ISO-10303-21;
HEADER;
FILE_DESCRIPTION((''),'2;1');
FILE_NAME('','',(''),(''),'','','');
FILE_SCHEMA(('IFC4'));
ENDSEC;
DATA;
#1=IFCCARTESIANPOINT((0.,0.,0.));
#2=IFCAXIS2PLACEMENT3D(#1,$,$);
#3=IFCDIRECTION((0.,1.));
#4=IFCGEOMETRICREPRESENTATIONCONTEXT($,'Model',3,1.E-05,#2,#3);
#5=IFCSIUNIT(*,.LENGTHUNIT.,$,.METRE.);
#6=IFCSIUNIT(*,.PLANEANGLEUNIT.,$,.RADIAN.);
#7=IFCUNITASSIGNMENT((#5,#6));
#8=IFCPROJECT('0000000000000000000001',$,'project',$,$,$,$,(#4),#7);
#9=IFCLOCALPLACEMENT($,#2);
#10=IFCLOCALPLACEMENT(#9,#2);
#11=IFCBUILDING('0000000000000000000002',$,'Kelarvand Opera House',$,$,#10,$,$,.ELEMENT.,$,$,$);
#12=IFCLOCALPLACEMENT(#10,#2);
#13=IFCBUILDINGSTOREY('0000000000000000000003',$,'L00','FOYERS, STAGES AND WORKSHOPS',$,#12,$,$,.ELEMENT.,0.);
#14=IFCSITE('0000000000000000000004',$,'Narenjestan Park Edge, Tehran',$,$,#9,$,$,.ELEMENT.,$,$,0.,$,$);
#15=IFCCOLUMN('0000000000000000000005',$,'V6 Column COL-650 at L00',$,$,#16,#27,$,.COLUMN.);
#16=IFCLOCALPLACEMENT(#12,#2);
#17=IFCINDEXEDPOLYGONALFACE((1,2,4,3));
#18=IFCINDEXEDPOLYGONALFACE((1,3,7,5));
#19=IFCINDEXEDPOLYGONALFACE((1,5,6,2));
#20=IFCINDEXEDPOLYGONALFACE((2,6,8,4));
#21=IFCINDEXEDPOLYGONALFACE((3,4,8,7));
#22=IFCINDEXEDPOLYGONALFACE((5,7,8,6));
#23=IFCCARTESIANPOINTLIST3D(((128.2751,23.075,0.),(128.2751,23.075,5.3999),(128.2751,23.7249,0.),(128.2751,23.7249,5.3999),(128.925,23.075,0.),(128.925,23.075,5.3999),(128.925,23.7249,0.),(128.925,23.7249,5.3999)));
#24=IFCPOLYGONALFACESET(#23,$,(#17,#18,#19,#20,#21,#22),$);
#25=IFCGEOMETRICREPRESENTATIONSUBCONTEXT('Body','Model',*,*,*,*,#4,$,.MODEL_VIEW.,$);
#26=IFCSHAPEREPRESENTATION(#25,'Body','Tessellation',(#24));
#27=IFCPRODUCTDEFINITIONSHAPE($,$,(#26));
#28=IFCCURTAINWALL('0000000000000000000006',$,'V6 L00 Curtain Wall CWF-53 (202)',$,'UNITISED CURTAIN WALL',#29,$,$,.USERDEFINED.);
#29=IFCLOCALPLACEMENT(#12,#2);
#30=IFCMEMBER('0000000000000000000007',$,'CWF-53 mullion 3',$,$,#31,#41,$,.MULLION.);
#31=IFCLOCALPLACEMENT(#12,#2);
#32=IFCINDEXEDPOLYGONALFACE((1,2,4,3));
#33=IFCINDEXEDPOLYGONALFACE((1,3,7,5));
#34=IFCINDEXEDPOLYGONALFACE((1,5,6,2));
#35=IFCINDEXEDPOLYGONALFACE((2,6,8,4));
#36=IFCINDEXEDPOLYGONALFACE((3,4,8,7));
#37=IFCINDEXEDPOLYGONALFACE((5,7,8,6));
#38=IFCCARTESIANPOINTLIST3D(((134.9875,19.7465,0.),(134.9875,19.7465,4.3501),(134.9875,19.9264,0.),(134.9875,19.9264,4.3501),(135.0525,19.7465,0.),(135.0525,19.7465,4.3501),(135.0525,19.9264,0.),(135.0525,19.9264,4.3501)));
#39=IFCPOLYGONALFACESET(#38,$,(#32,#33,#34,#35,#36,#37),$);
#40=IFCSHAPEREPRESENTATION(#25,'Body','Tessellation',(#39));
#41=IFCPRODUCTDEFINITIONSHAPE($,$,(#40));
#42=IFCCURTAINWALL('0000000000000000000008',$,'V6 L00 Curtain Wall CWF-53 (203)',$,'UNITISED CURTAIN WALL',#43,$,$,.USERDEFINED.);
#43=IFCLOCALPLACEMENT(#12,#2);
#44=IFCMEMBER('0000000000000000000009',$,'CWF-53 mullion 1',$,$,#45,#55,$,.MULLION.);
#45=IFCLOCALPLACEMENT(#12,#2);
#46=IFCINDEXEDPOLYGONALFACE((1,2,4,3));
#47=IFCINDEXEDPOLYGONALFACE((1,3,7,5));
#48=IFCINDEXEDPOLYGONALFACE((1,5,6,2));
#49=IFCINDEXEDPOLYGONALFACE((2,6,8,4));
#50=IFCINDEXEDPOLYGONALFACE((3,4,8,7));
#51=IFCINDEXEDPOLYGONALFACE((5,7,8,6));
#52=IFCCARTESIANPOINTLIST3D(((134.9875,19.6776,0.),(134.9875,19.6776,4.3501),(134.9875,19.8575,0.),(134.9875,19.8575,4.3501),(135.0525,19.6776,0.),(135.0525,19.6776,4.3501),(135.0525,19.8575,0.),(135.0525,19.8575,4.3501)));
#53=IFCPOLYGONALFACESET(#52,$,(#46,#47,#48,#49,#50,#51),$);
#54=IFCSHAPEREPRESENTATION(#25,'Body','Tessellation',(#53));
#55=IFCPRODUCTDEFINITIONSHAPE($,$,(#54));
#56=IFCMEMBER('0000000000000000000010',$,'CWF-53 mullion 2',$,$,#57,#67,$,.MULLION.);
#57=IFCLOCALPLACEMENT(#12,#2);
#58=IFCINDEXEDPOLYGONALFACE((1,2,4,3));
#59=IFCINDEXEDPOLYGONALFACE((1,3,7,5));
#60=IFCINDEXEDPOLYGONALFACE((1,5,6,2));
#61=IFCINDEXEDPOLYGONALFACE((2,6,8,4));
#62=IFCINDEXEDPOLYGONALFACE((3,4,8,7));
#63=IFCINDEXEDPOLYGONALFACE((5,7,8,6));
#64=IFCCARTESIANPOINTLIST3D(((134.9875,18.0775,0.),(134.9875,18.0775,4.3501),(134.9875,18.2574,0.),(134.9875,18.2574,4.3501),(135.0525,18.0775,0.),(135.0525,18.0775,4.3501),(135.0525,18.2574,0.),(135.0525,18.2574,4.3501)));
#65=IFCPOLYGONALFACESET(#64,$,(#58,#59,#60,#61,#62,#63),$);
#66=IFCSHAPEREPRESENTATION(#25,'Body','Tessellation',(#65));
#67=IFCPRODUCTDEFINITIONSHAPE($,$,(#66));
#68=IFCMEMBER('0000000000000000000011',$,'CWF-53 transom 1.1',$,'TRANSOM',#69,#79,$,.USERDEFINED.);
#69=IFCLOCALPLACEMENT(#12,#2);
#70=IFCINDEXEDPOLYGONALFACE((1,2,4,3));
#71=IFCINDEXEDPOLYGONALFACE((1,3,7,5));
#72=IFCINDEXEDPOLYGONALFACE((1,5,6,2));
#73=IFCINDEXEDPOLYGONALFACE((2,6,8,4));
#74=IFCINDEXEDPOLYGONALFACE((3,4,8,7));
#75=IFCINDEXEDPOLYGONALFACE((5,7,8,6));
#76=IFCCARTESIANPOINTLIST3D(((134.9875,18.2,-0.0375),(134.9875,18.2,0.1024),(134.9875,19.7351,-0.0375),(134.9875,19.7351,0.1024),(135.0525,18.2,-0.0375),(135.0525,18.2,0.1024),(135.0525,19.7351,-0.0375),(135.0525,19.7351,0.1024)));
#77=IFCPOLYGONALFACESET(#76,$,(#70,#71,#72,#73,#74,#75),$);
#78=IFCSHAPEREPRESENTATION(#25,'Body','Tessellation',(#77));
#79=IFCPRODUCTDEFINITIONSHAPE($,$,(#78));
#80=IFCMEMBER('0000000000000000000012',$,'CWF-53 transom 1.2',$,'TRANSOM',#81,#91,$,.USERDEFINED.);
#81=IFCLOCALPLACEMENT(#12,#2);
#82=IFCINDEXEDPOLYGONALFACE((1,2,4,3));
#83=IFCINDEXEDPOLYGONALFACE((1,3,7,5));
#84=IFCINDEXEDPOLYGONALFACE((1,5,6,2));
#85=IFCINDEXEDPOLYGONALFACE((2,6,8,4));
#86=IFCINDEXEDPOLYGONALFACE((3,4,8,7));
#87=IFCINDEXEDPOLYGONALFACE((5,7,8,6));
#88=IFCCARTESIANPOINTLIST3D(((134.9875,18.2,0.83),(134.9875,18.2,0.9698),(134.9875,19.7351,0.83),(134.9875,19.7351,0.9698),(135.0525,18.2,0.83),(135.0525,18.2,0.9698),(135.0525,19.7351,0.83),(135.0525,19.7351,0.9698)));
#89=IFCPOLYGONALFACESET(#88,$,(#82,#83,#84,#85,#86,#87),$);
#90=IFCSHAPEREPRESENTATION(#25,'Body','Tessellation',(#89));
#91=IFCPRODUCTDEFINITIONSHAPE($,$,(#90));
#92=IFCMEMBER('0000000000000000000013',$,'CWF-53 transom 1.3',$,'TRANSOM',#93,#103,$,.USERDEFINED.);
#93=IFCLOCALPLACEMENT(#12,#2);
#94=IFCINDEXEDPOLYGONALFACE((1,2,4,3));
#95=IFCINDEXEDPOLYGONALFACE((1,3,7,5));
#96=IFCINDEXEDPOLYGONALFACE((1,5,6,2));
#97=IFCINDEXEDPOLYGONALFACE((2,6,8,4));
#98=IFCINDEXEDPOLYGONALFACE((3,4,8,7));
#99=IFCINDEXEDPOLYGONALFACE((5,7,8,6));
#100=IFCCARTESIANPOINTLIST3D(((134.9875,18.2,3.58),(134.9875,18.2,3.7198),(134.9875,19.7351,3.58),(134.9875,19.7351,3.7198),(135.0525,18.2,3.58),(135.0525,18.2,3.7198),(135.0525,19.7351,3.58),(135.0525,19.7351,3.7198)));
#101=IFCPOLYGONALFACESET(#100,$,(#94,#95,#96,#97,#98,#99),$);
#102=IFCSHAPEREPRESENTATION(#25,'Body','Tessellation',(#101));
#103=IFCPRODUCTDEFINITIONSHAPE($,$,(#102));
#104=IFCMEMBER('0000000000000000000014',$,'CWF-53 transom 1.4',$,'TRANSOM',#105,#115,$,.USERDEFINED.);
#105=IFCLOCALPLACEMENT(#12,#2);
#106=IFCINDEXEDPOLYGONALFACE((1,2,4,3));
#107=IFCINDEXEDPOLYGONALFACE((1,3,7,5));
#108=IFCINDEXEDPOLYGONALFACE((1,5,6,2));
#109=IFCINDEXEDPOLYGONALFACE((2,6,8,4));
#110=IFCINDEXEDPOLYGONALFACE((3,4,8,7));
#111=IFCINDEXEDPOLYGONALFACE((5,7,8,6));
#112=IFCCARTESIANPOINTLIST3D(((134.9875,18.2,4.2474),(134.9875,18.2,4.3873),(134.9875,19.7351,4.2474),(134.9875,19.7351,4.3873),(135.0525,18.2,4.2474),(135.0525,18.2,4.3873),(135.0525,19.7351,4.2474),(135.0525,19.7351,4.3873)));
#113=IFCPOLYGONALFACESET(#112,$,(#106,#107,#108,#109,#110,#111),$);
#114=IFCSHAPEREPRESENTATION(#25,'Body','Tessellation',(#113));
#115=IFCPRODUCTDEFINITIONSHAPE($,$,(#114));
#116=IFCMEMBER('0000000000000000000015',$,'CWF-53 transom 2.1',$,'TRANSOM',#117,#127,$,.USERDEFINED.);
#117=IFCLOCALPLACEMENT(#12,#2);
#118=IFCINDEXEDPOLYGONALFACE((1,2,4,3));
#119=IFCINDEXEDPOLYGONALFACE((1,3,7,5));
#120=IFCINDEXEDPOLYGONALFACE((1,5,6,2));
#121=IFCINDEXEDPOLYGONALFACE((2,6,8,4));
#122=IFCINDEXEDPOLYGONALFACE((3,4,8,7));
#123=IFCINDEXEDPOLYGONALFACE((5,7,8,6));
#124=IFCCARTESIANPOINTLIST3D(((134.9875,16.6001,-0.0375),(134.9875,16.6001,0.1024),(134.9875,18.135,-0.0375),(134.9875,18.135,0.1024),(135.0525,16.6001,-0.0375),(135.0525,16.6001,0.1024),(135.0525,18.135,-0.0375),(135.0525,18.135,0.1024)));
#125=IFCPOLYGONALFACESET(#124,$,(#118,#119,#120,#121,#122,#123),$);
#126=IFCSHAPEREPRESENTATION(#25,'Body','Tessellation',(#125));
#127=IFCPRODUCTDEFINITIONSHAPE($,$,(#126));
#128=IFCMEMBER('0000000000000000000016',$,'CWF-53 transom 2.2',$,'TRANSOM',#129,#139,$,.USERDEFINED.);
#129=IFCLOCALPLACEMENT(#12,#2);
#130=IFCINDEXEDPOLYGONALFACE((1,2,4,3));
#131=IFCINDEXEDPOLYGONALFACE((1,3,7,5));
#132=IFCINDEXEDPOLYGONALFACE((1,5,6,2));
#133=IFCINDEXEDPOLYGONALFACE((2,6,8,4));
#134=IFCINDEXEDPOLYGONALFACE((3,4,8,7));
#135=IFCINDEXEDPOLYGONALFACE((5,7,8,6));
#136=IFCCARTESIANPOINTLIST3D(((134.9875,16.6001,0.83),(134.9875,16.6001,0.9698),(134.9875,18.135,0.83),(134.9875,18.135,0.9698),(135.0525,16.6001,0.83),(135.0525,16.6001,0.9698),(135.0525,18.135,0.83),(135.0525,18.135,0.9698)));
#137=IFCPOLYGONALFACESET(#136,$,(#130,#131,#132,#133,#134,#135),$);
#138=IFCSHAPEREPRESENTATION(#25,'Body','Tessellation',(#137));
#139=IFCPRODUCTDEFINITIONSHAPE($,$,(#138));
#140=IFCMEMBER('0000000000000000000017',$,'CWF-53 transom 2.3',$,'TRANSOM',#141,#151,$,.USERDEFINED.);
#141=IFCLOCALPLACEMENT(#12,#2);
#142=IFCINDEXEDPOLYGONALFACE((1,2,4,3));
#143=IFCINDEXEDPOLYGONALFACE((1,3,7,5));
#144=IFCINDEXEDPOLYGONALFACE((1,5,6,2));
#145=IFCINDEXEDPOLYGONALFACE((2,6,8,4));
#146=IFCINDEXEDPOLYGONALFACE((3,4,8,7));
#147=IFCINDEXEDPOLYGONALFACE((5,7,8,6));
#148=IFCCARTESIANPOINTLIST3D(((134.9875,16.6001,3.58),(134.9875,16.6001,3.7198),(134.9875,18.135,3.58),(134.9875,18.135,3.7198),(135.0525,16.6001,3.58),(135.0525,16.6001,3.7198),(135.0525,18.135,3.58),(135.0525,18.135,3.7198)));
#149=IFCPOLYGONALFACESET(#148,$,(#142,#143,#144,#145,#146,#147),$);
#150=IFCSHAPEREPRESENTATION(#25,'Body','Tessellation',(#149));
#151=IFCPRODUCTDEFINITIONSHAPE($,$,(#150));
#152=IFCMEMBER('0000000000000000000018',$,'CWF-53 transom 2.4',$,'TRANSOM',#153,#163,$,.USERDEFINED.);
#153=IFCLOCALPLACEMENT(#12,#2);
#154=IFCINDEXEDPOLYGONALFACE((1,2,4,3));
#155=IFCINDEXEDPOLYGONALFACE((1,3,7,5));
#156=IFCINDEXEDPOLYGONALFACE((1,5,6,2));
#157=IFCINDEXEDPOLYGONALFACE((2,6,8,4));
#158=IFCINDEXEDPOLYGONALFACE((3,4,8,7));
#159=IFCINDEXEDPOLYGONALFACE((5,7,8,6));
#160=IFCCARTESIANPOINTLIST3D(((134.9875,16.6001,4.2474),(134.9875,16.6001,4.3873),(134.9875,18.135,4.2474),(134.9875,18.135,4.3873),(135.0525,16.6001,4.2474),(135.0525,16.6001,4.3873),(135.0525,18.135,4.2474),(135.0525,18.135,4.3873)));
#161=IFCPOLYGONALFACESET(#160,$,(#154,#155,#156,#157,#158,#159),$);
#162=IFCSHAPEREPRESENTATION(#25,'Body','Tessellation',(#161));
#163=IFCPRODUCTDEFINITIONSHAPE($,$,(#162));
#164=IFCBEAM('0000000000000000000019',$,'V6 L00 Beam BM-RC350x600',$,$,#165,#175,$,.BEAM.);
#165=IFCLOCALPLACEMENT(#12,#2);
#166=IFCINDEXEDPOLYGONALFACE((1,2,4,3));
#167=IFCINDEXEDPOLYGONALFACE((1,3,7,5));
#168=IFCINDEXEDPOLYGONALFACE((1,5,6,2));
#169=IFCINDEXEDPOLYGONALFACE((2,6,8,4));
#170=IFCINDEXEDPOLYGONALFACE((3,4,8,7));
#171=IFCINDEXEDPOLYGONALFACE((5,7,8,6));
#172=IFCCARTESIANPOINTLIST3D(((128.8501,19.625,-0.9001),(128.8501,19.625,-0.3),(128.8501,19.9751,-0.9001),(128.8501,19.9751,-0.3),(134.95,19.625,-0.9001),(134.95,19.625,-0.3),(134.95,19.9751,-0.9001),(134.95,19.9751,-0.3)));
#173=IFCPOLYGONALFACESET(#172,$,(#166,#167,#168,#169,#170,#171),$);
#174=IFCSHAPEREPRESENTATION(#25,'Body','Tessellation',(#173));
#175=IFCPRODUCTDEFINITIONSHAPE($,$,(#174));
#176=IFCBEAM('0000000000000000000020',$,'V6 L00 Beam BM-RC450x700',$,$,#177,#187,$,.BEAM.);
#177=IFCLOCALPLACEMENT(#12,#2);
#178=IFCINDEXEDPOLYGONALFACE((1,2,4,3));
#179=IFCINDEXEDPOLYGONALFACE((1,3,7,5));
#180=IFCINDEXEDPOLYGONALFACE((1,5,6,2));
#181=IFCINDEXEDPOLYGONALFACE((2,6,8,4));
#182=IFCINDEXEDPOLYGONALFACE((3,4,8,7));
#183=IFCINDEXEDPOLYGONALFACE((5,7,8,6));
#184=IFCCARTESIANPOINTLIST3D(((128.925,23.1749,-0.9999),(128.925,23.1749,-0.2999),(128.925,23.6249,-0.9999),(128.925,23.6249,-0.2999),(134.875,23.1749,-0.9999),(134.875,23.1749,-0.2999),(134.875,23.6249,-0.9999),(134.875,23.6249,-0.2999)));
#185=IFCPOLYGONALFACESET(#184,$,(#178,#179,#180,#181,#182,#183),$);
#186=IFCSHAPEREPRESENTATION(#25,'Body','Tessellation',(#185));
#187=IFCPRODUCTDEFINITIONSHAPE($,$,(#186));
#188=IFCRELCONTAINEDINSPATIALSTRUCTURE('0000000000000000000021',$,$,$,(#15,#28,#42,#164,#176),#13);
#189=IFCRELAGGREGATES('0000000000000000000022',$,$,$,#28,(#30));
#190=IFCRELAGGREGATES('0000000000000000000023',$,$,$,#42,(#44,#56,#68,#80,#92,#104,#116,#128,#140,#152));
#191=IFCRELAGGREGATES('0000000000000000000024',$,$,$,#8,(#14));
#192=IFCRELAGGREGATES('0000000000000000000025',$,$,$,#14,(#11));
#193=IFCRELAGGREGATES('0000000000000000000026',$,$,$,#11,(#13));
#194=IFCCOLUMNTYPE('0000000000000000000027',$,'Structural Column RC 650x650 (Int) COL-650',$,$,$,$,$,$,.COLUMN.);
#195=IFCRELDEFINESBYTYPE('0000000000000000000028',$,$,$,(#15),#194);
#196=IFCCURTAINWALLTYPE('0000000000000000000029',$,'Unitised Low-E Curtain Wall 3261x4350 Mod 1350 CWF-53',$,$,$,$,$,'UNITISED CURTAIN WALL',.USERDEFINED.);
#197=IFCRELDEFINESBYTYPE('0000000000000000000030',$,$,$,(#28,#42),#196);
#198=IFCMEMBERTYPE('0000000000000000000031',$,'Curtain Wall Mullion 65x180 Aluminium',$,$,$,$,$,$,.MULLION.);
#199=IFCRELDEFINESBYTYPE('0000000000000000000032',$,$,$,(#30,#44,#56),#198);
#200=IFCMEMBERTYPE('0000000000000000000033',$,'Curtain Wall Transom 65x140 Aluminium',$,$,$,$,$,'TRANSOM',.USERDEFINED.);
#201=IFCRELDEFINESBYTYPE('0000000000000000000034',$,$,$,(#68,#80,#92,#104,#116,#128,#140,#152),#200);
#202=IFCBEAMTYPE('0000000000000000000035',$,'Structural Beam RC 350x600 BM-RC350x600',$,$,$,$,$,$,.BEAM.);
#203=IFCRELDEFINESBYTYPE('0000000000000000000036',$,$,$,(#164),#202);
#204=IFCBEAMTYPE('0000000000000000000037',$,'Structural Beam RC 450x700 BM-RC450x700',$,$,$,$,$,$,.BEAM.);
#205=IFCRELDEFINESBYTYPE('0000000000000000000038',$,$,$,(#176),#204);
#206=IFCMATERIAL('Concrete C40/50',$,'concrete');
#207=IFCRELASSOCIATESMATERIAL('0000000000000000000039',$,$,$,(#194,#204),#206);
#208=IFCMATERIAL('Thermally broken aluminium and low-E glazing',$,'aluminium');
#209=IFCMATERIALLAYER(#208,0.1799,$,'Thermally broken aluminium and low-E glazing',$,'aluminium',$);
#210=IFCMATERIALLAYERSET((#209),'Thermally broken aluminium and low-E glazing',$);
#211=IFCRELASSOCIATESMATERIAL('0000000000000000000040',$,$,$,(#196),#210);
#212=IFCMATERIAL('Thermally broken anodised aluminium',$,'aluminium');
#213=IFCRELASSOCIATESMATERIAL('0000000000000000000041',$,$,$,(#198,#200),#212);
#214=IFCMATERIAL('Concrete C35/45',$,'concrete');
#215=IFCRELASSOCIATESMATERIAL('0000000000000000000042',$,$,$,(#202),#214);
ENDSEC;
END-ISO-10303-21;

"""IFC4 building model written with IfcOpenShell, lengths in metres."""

from ifc_helpers import new_model, si_unit, direction, frame, origin, origin_2d, place, context, subcontext, project, spatial, rectangle, extrude, material, layer, layer_set, material_profile, profile_set, type_object, element, aggregate, save


model = new_model("IFC4")

# Units and contexts
model_context = context("Model", 3, precision=1e-05, world=origin(), true_north=direction((0.0, 1.0)))
body_context = subcontext(model_context, "Body", "Model", "MODEL_VIEW")
ifc_project = project(units=[si_unit("LENGTHUNIT", "METRE"), si_unit("PLANEANGLEUNIT", "RADIAN")], contexts=[model_context])

# Site, building, storey
site_placement = place(None, origin())
site = spatial("IfcSite", under=ifc_project, at=site_placement, Name="Narenjestan Park Edge, Tehran", CompositionType="ELEMENT", RefElevation=0.0)
building_placement = place(site_placement, origin())
building = spatial("IfcBuilding", under=site, at=building_placement, Name="Kelarvand Opera House", CompositionType="ELEMENT")
storey_placement = place(building_placement, origin())
storey = spatial("IfcBuildingStorey", under=building, at=storey_placement, Name="L00", Description="FOYERS, STAGES AND WORKSHOPS", CompositionType="ELEMENT", Elevation=0.0)

# Column
ifc_material_1 = material(Name="Concrete C40/50", Category="concrete")
ifc_material_profile_1 = material_profile(ifc_material_1, rectangle(XDim=0.6499, YDim=0.6499, at=origin_2d()), Name="RC 650x650", Category="concrete")
ifc_profile_set_1 = profile_set([ifc_material_profile_1], Name="Concrete C40/50")
column_type = type_object("IfcColumnType", Name="Structural Column RC 650x650 (Int) COL-650", PredefinedType="COLUMN", material=ifc_profile_set_1)
column_placement = place(storey_placement, frame((128.6001, 23.3999, 0.0), z_axis=(0.0, 0.0, 1.0), x_axis=(1.0, 0.0, 0.0)))
element("IfcColumn", 1, at=column_placement, inside=storey, type_object=column_type, Name="V6 Column COL-650 at L00", PredefinedType="COLUMN", context=body_context, shape_type="SweptSolid", body=[
    extrude(rectangle(XDim=0.6499, YDim=0.6499, at=origin_2d()), origin(), (0.0, 0.0, 1.0), 5.3999),
])

# Curtain wall, member
ifc_material_2 = material(Name="Thermally broken aluminium and low-E glazing", Category="aluminium")
ifc_layer_1 = layer(ifc_material_2, 0.1799, Name="Thermally broken aluminium and low-E glazing", Category="aluminium")
ifc_layer_set_1 = layer_set([ifc_layer_1], Name="Thermally broken aluminium and low-E glazing")
curtain_wall_type = type_object("IfcCurtainWallType", Name="Unitised Low-E Curtain Wall 3261x4350 Mod 1350 CWF-53", ElementType="UNITISED CURTAIN WALL", PredefinedType="USERDEFINED", material=ifc_layer_set_1)
curtain_wall_1_placement = place(storey_placement, origin())
curtain_wall_1 = element("IfcCurtainWall", 2, at=curtain_wall_1_placement, inside=storey, type_object=curtain_wall_type, Name="V6 L00 Curtain Wall CWF-53 (202)", ObjectType="UNITISED CURTAIN WALL", PredefinedType="USERDEFINED")
ifc_material_3 = material(Name="Thermally broken anodised aluminium", Category="aluminium")
ifc_material_profile_2 = material_profile(ifc_material_3, rectangle(XDim=0.0649, YDim=0.1799, at=origin_2d()), Name="ALU MULLION 65x180", Category="aluminium")
ifc_profile_set_2 = profile_set([ifc_material_profile_2], Name="Thermally broken anodised aluminium")
member_type_1 = type_object("IfcMemberType", Name="Curtain Wall Mullion 65x180 Aluminium", PredefinedType="MULLION", material=ifc_profile_set_2)
member_1_placement = place(storey_placement, frame((135.02, 19.8364, 0.0), z_axis=(0.0, 0.0, 1.0), x_axis=(1.0, 0.0, 0.0)))
member_1 = element("IfcMember", 3, at=member_1_placement, type_object=member_type_1, Name="CWF-53 mullion 3", PredefinedType="MULLION", context=body_context, shape_type="SweptSolid", body=[
    extrude(rectangle(XDim=0.0649, YDim=0.1799, at=origin_2d()), origin(), (0.0, 0.0, 1.0), 4.3501),
])

# Curtain wall, members
curtain_wall_2_placement = place(storey_placement, origin())
curtain_wall_2 = element("IfcCurtainWall", 4, at=curtain_wall_2_placement, inside=storey, type_object=curtain_wall_type, Name="V6 L00 Curtain Wall CWF-53 (203)", ObjectType="UNITISED CURTAIN WALL", PredefinedType="USERDEFINED")
member_2_placement = place(storey_placement, frame((135.02, 19.7676, 0.0), z_axis=(0.0, 0.0, 1.0), x_axis=(1.0, 0.0, 0.0)))
member_2 = element("IfcMember", 5, at=member_2_placement, type_object=member_type_1, Name="CWF-53 mullion 1", PredefinedType="MULLION", context=body_context, shape_type="SweptSolid", body=[
    extrude(rectangle(XDim=0.0649, YDim=0.1799, at=origin_2d()), origin(), (0.0, 0.0, 1.0), 4.3501),
])
member_3_placement = place(storey_placement, frame((135.02, 18.1675, 0.0), z_axis=(0.0, 0.0, 1.0), x_axis=(1.0, 0.0, 0.0)))
member_3 = element("IfcMember", 6, at=member_3_placement, type_object=member_type_1, Name="CWF-53 mullion 2", PredefinedType="MULLION", context=body_context, shape_type="SweptSolid", body=[
    extrude(rectangle(XDim=0.0649, YDim=0.1799, at=origin_2d()), origin(), (0.0, 0.0, 1.0), 4.3501),
])
ifc_material_profile_3 = material_profile(ifc_material_3, rectangle(XDim=0.0649, YDim=0.1399, at=origin_2d()), Name="ALU TRANSOM 65x140", Category="aluminium")
ifc_profile_set_3 = profile_set([ifc_material_profile_3], Name="Thermally broken anodised aluminium")
member_type_2 = type_object("IfcMemberType", Name="Curtain Wall Transom 65x140 Aluminium", ElementType="TRANSOM", PredefinedType="USERDEFINED", material=ifc_profile_set_3)
member_4_placement = place(storey_placement, frame((135.02, 19.7351, 0.0325), z_axis=(0.0, -1.0, 0.0), x_axis=(1.0, 0.0, 0.0)))
member_4 = element("IfcMember", 7, at=member_4_placement, type_object=member_type_2, Name="CWF-53 transom 1.1", ObjectType="TRANSOM", PredefinedType="USERDEFINED", context=body_context, shape_type="SweptSolid", body=[
    extrude(rectangle(XDim=0.0649, YDim=0.1399, at=origin_2d()), origin(), (0.0, 0.0, 1.0), 1.5352),
])
member_5_placement = place(storey_placement, frame((135.02, 19.7351, 0.8999), z_axis=(0.0, -1.0, 0.0), x_axis=(1.0, 0.0, 0.0)))
member_5 = element("IfcMember", 8, at=member_5_placement, type_object=member_type_2, Name="CWF-53 transom 1.2", ObjectType="TRANSOM", PredefinedType="USERDEFINED", context=body_context, shape_type="SweptSolid", body=[
    extrude(rectangle(XDim=0.0649, YDim=0.1399, at=origin_2d()), origin(), (0.0, 0.0, 1.0), 1.5352),
])
member_6_placement = place(storey_placement, frame((135.02, 19.7351, 3.6499), z_axis=(0.0, -1.0, 0.0), x_axis=(1.0, 0.0, 0.0)))
member_6 = element("IfcMember", 9, at=member_6_placement, type_object=member_type_2, Name="CWF-53 transom 1.3", ObjectType="TRANSOM", PredefinedType="USERDEFINED", context=body_context, shape_type="SweptSolid", body=[
    extrude(rectangle(XDim=0.0649, YDim=0.1399, at=origin_2d()), origin(), (0.0, 0.0, 1.0), 1.5352),
])
member_7_placement = place(storey_placement, frame((135.02, 19.7351, 4.3174), z_axis=(0.0, -1.0, 0.0), x_axis=(1.0, 0.0, 0.0)))
member_7 = element("IfcMember", 10, at=member_7_placement, type_object=member_type_2, Name="CWF-53 transom 1.4", ObjectType="TRANSOM", PredefinedType="USERDEFINED", context=body_context, shape_type="SweptSolid", body=[
    extrude(rectangle(XDim=0.0649, YDim=0.1399, at=origin_2d()), origin(), (0.0, 0.0, 1.0), 1.5352),
])
member_8_placement = place(storey_placement, frame((135.02, 18.135, 0.0325), z_axis=(0.0, -1.0, 0.0), x_axis=(1.0, 0.0, 0.0)))
member_8 = element("IfcMember", 11, at=member_8_placement, type_object=member_type_2, Name="CWF-53 transom 2.1", ObjectType="TRANSOM", PredefinedType="USERDEFINED", context=body_context, shape_type="SweptSolid", body=[
    extrude(rectangle(XDim=0.0649, YDim=0.1399, at=origin_2d()), origin(), (0.0, 0.0, 1.0), 1.5349),
])
member_9_placement = place(storey_placement, frame((135.02, 18.135, 0.8999), z_axis=(0.0, -1.0, 0.0), x_axis=(1.0, 0.0, 0.0)))
member_9 = element("IfcMember", 12, at=member_9_placement, type_object=member_type_2, Name="CWF-53 transom 2.2", ObjectType="TRANSOM", PredefinedType="USERDEFINED", context=body_context, shape_type="SweptSolid", body=[
    extrude(rectangle(XDim=0.0649, YDim=0.1399, at=origin_2d()), origin(), (0.0, 0.0, 1.0), 1.5349),
])
member_10_placement = place(storey_placement, frame((135.02, 18.135, 3.6499), z_axis=(0.0, -1.0, 0.0), x_axis=(1.0, 0.0, 0.0)))
member_10 = element("IfcMember", 13, at=member_10_placement, type_object=member_type_2, Name="CWF-53 transom 2.3", ObjectType="TRANSOM", PredefinedType="USERDEFINED", context=body_context, shape_type="SweptSolid", body=[
    extrude(rectangle(XDim=0.0649, YDim=0.1399, at=origin_2d()), origin(), (0.0, 0.0, 1.0), 1.5349),
])
member_11_placement = place(storey_placement, frame((135.02, 18.135, 4.3174), z_axis=(0.0, -1.0, 0.0), x_axis=(1.0, 0.0, 0.0)))
member_11 = element("IfcMember", 14, at=member_11_placement, type_object=member_type_2, Name="CWF-53 transom 2.4", ObjectType="TRANSOM", PredefinedType="USERDEFINED", context=body_context, shape_type="SweptSolid", body=[
    extrude(rectangle(XDim=0.0649, YDim=0.1399, at=origin_2d()), origin(), (0.0, 0.0, 1.0), 1.5349),
])

# Beams
ifc_material_4 = material(Name="Concrete C35/45", Category="concrete")
ifc_material_profile_4 = material_profile(ifc_material_4, rectangle(XDim=0.3501, YDim=0.6001, at=origin_2d()), Name="RC 350x600", Category="concrete")
ifc_profile_set_4 = profile_set([ifc_material_profile_4], Name="Concrete C35/45")
beam_type_1 = type_object("IfcBeamType", Name="Structural Beam RC 350x600 BM-RC350x600", PredefinedType="BEAM", material=ifc_profile_set_4)
beam_1_placement = place(storey_placement, frame((128.8501, 19.8, -0.6001), z_axis=(1.0, 0.0, 0.0), x_axis=(0.0, 1.0, 0.0)))
element("IfcBeam", 15, at=beam_1_placement, inside=storey, type_object=beam_type_1, Name="V6 L00 Beam BM-RC350x600", PredefinedType="BEAM", context=body_context, shape_type="SweptSolid", body=[
    extrude(rectangle(XDim=0.3501, YDim=0.6001, at=origin_2d()), origin(), (0.0, 0.0, 1.0), 6.0999),
])
ifc_material_profile_5 = material_profile(ifc_material_1, rectangle(XDim=0.45, YDim=0.7, at=origin_2d()), Name="RC 450x700", Category="concrete")
ifc_profile_set_5 = profile_set([ifc_material_profile_5], Name="Concrete C40/50")
beam_type_2 = type_object("IfcBeamType", Name="Structural Beam RC 450x700 BM-RC450x700", PredefinedType="BEAM", material=ifc_profile_set_5)
beam_2_placement = place(storey_placement, frame((128.925, 23.3999, -0.6499), z_axis=(1.0, 0.0, 0.0), x_axis=(0.0, 1.0, 0.0)))
element("IfcBeam", 16, at=beam_2_placement, inside=storey, type_object=beam_type_2, Name="V6 L00 Beam BM-RC450x700", PredefinedType="BEAM", context=body_context, shape_type="SweptSolid", body=[
    extrude(rectangle(XDim=0.45, YDim=0.7, at=origin_2d()), origin(), (0.0, 0.0, 1.0), 5.95),
])

aggregate(curtain_wall_1, [member_1])
aggregate(curtain_wall_2, [member_2, member_3, member_4, member_5, member_6, member_7, member_8, member_9, member_10, member_11])

save(model, "model.ifc")
